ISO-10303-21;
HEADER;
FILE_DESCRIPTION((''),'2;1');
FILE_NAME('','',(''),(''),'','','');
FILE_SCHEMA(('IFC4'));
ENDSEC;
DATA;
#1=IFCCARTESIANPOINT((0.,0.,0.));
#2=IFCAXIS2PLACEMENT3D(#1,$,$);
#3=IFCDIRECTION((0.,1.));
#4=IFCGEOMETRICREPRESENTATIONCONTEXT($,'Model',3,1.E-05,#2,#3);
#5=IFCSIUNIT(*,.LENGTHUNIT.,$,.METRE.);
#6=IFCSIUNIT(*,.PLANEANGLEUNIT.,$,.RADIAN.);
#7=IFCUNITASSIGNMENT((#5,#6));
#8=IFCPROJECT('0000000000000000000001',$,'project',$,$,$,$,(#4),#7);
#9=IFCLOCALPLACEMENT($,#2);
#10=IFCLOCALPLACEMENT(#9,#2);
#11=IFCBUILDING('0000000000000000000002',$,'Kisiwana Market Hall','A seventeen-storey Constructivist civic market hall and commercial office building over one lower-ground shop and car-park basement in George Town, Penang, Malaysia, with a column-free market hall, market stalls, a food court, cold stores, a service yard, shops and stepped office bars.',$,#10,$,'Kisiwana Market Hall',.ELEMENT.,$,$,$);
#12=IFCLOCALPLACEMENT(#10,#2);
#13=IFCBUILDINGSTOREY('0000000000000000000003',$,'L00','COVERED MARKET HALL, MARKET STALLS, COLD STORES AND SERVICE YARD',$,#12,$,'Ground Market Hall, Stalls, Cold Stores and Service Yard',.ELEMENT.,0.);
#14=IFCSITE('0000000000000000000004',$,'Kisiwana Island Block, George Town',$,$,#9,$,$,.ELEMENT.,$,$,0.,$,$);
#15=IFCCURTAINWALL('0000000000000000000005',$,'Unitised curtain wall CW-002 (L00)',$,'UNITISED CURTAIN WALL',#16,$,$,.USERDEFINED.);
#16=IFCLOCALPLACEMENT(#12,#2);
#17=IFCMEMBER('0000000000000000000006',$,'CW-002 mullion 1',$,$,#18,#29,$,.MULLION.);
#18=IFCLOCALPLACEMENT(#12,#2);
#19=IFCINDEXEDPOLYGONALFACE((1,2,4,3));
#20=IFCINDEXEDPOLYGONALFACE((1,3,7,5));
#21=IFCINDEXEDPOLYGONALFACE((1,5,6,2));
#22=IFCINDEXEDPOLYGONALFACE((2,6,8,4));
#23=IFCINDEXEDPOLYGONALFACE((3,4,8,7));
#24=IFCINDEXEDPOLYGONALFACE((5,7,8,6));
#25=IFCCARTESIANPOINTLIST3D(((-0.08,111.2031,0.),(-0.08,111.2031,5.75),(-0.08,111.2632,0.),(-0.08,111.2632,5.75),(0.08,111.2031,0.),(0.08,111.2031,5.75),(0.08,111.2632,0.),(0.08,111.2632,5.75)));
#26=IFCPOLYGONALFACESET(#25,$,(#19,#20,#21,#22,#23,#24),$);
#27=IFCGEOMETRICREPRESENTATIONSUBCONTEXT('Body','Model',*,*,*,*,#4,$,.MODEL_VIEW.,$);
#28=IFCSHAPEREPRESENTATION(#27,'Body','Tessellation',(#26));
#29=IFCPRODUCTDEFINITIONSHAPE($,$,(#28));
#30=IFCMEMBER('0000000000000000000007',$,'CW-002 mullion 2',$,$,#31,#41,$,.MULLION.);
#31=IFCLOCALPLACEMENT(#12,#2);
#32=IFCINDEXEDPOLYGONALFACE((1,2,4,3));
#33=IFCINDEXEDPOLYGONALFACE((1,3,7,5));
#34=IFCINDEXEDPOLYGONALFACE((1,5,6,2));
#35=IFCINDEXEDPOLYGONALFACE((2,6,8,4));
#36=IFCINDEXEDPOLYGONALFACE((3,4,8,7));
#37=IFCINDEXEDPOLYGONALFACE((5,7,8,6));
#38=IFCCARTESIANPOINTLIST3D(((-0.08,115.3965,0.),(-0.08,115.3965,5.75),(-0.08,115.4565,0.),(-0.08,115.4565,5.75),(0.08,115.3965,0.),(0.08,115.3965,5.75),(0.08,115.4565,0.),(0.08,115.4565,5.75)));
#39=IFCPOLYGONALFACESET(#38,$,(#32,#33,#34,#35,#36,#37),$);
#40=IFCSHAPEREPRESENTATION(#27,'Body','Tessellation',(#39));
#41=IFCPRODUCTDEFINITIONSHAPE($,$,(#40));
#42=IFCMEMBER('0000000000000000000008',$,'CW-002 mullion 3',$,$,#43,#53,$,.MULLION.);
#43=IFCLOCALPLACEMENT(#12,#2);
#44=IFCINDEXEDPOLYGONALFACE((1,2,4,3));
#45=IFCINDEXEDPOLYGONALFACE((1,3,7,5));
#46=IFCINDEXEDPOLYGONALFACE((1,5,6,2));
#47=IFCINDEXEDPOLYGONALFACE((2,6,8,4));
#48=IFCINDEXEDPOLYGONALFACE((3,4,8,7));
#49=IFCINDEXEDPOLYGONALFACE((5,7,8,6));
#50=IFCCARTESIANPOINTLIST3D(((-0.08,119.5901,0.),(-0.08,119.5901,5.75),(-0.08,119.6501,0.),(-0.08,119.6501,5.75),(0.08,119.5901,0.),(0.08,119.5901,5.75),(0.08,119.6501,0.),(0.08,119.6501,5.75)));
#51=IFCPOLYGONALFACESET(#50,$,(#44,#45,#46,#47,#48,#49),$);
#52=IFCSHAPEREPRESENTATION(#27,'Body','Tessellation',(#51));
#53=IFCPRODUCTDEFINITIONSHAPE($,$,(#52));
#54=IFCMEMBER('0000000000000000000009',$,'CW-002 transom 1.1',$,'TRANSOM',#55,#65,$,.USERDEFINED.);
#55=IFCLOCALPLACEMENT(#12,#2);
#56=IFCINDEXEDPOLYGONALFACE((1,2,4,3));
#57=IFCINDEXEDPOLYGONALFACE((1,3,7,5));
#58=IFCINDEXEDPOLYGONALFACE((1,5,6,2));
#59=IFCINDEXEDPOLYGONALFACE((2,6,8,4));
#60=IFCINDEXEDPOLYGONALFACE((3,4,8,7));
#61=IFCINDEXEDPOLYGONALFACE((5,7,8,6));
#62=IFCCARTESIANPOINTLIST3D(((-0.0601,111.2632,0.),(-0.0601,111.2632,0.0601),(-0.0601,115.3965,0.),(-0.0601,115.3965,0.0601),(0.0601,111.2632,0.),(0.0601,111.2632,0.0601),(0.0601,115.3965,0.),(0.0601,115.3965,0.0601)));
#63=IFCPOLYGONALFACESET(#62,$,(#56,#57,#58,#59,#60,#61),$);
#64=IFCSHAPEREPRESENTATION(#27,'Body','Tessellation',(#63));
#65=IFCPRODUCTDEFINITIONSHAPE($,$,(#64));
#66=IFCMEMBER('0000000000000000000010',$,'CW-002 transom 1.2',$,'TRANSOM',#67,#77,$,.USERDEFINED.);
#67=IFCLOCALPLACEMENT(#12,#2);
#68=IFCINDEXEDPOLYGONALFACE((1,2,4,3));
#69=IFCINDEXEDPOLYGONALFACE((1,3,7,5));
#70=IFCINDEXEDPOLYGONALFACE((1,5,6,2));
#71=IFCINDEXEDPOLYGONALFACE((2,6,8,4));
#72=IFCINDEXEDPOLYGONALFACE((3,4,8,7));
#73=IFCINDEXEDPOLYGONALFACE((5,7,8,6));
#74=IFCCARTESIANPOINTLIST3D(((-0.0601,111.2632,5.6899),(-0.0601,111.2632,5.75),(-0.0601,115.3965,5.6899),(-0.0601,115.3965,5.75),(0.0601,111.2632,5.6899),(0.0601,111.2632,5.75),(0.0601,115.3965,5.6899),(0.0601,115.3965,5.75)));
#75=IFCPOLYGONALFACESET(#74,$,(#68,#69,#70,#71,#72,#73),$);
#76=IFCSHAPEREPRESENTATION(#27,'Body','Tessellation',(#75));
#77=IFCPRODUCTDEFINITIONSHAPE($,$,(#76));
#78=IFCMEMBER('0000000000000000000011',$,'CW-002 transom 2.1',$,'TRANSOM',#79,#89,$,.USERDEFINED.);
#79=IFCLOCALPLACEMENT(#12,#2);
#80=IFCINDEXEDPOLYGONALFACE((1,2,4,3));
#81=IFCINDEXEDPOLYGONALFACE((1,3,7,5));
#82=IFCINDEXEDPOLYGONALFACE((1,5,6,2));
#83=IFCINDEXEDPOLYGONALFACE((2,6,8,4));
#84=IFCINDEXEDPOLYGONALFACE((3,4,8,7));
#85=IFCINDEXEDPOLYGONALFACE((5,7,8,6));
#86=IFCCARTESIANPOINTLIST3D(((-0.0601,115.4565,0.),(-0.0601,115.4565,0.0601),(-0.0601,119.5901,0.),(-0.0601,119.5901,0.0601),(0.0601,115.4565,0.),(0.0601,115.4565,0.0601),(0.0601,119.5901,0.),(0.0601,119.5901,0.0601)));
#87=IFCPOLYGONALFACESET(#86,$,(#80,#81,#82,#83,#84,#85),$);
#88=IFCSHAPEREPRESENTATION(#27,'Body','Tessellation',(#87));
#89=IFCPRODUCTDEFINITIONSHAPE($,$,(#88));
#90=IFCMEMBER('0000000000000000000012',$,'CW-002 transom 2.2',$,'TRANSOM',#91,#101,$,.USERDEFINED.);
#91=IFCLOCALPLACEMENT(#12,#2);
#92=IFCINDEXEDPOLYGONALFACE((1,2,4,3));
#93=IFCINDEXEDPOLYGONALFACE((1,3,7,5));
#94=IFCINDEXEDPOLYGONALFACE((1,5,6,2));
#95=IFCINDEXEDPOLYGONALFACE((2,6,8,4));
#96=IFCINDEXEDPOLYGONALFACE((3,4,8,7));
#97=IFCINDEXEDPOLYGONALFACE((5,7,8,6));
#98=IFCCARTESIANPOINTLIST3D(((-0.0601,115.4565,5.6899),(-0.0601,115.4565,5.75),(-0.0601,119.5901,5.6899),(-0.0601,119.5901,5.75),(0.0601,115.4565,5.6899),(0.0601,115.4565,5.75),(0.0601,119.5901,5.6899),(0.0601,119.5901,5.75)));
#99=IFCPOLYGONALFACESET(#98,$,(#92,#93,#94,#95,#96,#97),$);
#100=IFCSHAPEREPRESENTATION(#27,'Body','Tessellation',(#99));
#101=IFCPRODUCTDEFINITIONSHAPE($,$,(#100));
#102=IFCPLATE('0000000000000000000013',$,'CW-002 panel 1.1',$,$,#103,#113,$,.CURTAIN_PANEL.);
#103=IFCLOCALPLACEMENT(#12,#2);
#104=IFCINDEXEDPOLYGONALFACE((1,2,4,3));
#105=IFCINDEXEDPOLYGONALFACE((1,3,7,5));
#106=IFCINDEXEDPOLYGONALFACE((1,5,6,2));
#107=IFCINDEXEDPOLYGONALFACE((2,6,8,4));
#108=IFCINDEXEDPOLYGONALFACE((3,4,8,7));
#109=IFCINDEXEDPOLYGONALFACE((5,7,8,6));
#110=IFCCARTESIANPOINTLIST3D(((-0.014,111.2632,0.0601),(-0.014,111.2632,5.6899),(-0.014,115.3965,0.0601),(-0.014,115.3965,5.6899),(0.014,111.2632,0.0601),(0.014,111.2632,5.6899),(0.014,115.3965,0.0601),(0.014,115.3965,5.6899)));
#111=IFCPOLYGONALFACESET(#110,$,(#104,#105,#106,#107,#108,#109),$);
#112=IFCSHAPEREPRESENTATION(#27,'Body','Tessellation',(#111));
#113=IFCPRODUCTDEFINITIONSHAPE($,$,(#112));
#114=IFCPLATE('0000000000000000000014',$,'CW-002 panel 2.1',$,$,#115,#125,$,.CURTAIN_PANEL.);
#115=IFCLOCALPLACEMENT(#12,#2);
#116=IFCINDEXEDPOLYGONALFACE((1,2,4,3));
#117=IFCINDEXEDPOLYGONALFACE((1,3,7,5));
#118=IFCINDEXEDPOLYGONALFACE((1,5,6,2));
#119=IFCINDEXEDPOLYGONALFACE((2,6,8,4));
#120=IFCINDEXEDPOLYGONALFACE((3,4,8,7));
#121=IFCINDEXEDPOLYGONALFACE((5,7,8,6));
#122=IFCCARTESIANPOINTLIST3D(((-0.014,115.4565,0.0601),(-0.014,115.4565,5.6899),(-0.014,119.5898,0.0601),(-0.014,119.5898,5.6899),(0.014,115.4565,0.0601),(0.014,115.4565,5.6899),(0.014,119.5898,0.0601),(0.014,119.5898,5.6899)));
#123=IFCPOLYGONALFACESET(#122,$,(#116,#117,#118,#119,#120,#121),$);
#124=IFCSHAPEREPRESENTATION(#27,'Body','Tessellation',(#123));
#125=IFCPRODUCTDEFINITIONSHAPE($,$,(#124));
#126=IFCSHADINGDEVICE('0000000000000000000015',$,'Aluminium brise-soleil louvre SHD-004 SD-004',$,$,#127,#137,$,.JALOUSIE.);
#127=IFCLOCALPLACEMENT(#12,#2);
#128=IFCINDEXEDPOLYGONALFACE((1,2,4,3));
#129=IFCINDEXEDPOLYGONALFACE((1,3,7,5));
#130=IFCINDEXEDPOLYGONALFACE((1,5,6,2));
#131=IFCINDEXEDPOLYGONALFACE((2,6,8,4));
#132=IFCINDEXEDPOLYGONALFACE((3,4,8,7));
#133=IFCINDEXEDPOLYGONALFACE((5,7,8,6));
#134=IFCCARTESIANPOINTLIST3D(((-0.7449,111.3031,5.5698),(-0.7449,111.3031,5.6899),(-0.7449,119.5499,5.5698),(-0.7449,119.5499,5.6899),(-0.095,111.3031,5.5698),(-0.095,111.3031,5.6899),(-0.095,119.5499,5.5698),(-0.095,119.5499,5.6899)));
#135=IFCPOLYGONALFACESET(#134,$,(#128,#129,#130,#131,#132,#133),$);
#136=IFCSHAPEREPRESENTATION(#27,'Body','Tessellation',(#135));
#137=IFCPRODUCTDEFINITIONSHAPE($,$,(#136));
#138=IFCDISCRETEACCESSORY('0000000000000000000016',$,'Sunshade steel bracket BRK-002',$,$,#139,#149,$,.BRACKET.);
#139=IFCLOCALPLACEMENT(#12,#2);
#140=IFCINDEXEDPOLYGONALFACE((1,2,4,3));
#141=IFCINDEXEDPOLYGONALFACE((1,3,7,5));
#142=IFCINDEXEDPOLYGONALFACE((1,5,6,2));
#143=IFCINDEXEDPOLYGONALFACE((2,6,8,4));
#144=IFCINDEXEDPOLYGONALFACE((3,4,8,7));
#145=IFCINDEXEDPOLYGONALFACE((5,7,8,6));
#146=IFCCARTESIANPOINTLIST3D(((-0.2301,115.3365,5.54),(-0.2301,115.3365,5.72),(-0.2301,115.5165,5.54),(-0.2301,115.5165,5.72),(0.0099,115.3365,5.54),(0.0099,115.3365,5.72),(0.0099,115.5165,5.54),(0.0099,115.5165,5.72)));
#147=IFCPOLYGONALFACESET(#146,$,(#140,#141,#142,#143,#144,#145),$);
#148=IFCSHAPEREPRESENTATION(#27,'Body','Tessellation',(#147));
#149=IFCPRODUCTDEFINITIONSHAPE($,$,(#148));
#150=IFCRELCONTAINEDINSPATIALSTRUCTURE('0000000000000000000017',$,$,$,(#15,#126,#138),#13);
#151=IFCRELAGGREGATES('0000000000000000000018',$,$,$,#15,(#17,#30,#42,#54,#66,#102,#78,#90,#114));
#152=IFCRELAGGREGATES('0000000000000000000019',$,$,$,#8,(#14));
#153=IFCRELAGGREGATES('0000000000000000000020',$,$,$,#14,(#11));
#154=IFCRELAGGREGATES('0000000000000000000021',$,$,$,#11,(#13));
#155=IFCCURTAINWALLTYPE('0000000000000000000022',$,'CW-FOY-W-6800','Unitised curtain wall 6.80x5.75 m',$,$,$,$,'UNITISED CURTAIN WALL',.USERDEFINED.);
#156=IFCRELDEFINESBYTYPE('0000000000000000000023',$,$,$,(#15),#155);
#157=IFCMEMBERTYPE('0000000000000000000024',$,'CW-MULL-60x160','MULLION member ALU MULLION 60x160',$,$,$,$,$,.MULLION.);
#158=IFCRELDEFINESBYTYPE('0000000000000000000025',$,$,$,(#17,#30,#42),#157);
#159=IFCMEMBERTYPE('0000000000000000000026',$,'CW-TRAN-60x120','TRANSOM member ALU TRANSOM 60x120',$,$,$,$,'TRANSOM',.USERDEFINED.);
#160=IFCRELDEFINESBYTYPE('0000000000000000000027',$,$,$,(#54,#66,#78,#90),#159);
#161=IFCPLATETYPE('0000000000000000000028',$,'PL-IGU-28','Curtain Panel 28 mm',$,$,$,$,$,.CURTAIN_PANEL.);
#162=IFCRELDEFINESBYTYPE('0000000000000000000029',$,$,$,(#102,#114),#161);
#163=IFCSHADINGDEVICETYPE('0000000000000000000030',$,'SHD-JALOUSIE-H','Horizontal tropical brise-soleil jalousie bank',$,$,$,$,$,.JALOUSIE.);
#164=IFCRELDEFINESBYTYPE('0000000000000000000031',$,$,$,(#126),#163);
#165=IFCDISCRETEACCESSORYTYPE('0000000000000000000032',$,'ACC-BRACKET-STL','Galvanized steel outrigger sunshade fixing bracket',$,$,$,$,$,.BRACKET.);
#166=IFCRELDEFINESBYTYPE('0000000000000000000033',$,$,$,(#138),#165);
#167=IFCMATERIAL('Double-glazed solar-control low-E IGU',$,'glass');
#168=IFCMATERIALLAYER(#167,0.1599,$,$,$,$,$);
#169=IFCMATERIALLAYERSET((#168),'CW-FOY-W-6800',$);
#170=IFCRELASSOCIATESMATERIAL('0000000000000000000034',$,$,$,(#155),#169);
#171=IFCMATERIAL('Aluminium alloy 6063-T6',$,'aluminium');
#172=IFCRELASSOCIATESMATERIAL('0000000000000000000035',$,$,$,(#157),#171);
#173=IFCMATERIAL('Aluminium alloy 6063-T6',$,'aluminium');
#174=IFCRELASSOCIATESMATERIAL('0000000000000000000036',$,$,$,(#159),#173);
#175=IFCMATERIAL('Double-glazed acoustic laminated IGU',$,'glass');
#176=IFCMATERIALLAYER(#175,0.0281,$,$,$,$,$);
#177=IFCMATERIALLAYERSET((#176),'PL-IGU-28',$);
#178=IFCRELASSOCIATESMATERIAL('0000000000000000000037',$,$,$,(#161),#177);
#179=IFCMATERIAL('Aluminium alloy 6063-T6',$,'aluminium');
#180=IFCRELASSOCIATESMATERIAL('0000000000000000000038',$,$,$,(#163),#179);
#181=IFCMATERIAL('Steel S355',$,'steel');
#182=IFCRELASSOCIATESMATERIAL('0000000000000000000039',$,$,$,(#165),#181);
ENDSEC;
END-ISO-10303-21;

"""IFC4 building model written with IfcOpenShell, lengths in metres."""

from ifc_helpers import new_model, si_unit, direction, frame, origin, origin_2d, place, context, subcontext, project, spatial, rectangle, extrude, material, layer, layer_set, material_profile, profile_set, type_object, element, aggregate, save


model = new_model("IFC4")

# Units and contexts
model_context = context("Model", 3, precision=1e-05, world=origin(), true_north=direction((0.0, 1.0)))
body_context = subcontext(model_context, "Body", "Model", "MODEL_VIEW")
ifc_project = project(units=[si_unit("LENGTHUNIT", "METRE"), si_unit("PLANEANGLEUNIT", "RADIAN")], contexts=[model_context])

# Site, building, storey
site_placement = place(None, origin())
site = spatial("IfcSite", under=ifc_project, at=site_placement, Name="Kisiwana Island Block, George Town", CompositionType="ELEMENT", RefElevation=0.0)
building_placement = place(site_placement, origin())
building = spatial("IfcBuilding", under=site, at=building_placement, Name="Kisiwana Market Hall", Description="A seventeen-storey Constructivist civic market hall and commercial office building over one lower-ground shop and car-park basement in George Town, Penang, Malaysia, with a column-free market hall, market stalls, a food court, cold stores, a service yard, shops and stepped office bars.", LongName="Kisiwana Market Hall", CompositionType="ELEMENT")
storey_placement = place(building_placement, origin())
storey = spatial("IfcBuildingStorey", under=building, at=storey_placement, Name="L00", Description="COVERED MARKET HALL, MARKET STALLS, COLD STORES AND SERVICE YARD", LongName="Ground Market Hall, Stalls, Cold Stores and Service Yard", CompositionType="ELEMENT", Elevation=0.0)

# Curtain wall, members, plates
ifc_material_1 = material(Name="Double-glazed solar-control low-E IGU", Category="glass")
ifc_layer_1 = layer(ifc_material_1, 0.1599)
ifc_layer_set_1 = layer_set([ifc_layer_1], Name="CW-FOY-W-6800")
curtain_wall_type = type_object("IfcCurtainWallType", Name="CW-FOY-W-6800", Description="Unitised curtain wall 6.80x5.75 m", ElementType="UNITISED CURTAIN WALL", PredefinedType="USERDEFINED", material=ifc_layer_set_1)
curtain_wall_placement = place(storey_placement, origin())
curtain_wall = element("IfcCurtainWall", 1, at=curtain_wall_placement, inside=storey, type_object=curtain_wall_type, Name="Unitised curtain wall CW-002 (L00)", ObjectType="UNITISED CURTAIN WALL", PredefinedType="USERDEFINED")
ifc_material_2 = material(Name="Aluminium alloy 6063-T6", Category="aluminium")
ifc_material_profile_1 = material_profile(ifc_material_2, rectangle(XDim=0.0601, YDim=0.1599, at=origin_2d()), Name="ALU MULLION 60x160")
ifc_profile_set_1 = profile_set([ifc_material_profile_1], Name="Aluminium alloy 6063-T6")
member_type_1 = type_object("IfcMemberType", Name="CW-MULL-60x160", Description="MULLION member ALU MULLION 60x160", PredefinedType="MULLION", material=ifc_profile_set_1)
member_1_placement = place(storey_placement, frame((0.0, 111.2332, 0.0), z_axis=(0.0, 0.0, 1.0), x_axis=(0.0, 1.0, 0.0)))
member_1 = element("IfcMember", 2, at=member_1_placement, type_object=member_type_1, Name="CW-002 mullion 1", PredefinedType="MULLION", context=body_context, shape_type="SweptSolid", body=[
    extrude(rectangle(XDim=0.0601, YDim=0.1599, at=origin_2d()), origin(), (0.0, 0.0, 1.0), 5.75),
])
member_2_placement = place(storey_placement, frame((0.0, 115.4265, 0.0), z_axis=(0.0, 0.0, 1.0), x_axis=(0.0, 1.0, 0.0)))
member_2 = element("IfcMember", 3, at=member_2_placement, type_object=member_type_1, Name="CW-002 mullion 2", PredefinedType="MULLION", context=body_context, shape_type="SweptSolid", body=[
    extrude(rectangle(XDim=0.0601, YDim=0.1599, at=origin_2d()), origin(), (0.0, 0.0, 1.0), 5.75),
])
member_3_placement = place(storey_placement, frame((0.0, 119.6201, 0.0), z_axis=(0.0, 0.0, 1.0), x_axis=(0.0, 1.0, 0.0)))
member_3 = element("IfcMember", 4, at=member_3_placement, type_object=member_type_1, Name="CW-002 mullion 3", PredefinedType="MULLION", context=body_context, shape_type="SweptSolid", body=[
    extrude(rectangle(XDim=0.0601, YDim=0.1599, at=origin_2d()), origin(), (0.0, 0.0, 1.0), 5.75),
])
ifc_material_3 = material(Name="Aluminium alloy 6063-T6", Category="aluminium")
ifc_material_profile_2 = material_profile(ifc_material_3, rectangle(XDim=0.1201, YDim=0.0601, at=origin_2d()), Name="ALU TRANSOM 60x120")
ifc_profile_set_2 = profile_set([ifc_material_profile_2], Name="Aluminium alloy 6063-T6")
member_type_2 = type_object("IfcMemberType", Name="CW-TRAN-60x120", Description="TRANSOM member ALU TRANSOM 60x120", ElementType="TRANSOM", PredefinedType="USERDEFINED", material=ifc_profile_set_2)
member_4_placement = place(storey_placement, frame((0.0, 111.2632, 0.03), z_axis=(0.0, 1.0, 0.0), x_axis=(-1.0, 0.0, 0.0)))
member_4 = element("IfcMember", 5, at=member_4_placement, type_object=member_type_2, Name="CW-002 transom 1.1", ObjectType="TRANSOM", PredefinedType="USERDEFINED", context=body_context, shape_type="SweptSolid", body=[
    extrude(rectangle(XDim=0.1201, YDim=0.0601, at=origin_2d()), origin(), (0.0, 0.0, 1.0), 4.1333),
])
member_5_placement = place(storey_placement, frame((0.0, 111.2632, 5.72), z_axis=(0.0, 1.0, 0.0), x_axis=(-1.0, 0.0, 0.0)))
member_5 = element("IfcMember", 6, at=member_5_placement, type_object=member_type_2, Name="CW-002 transom 1.2", ObjectType="TRANSOM", PredefinedType="USERDEFINED", context=body_context, shape_type="SweptSolid", body=[
    extrude(rectangle(XDim=0.1201, YDim=0.0601, at=origin_2d()), origin(), (0.0, 0.0, 1.0), 4.1333),
])
member_6_placement = place(storey_placement, frame((0.0, 115.4565, 0.03), z_axis=(0.0, 1.0, 0.0), x_axis=(-1.0, 0.0, 0.0)))
member_6 = element("IfcMember", 7, at=member_6_placement, type_object=member_type_2, Name="CW-002 transom 2.1", ObjectType="TRANSOM", PredefinedType="USERDEFINED", context=body_context, shape_type="SweptSolid", body=[
    extrude(rectangle(XDim=0.1201, YDim=0.0601, at=origin_2d()), origin(), (0.0, 0.0, 1.0), 4.1335),
])
member_7_placement = place(storey_placement, frame((0.0, 115.4565, 5.72), z_axis=(0.0, 1.0, 0.0), x_axis=(-1.0, 0.0, 0.0)))
member_7 = element("IfcMember", 8, at=member_7_placement, type_object=member_type_2, Name="CW-002 transom 2.2", ObjectType="TRANSOM", PredefinedType="USERDEFINED", context=body_context, shape_type="SweptSolid", body=[
    extrude(rectangle(XDim=0.1201, YDim=0.0601, at=origin_2d()), origin(), (0.0, 0.0, 1.0), 4.1335),
])
ifc_material_4 = material(Name="Double-glazed acoustic laminated IGU", Category="glass")
ifc_layer_2 = layer(ifc_material_4, 0.0281)
ifc_layer_set_2 = layer_set([ifc_layer_2], Name="PL-IGU-28")
plate_type = type_object("IfcPlateType", Name="PL-IGU-28", Description="Curtain Panel 28 mm", PredefinedType="CURTAIN_PANEL", material=ifc_layer_set_2)
plate_1_placement = place(storey_placement, frame((0.0, 113.3298, 0.0601), z_axis=(0.0, 0.0, 1.0), x_axis=(0.0, 1.0, 0.0)))
plate_1 = element("IfcPlate", 9, at=plate_1_placement, type_object=plate_type, Name="CW-002 panel 1.1", PredefinedType="CURTAIN_PANEL", context=body_context, shape_type="SweptSolid", body=[
    extrude(rectangle(XDim=4.1333, YDim=0.0281, at=origin_2d()), origin(), (0.0, 0.0, 1.0), 5.6299),
])
plate_2_placement = place(storey_placement, frame((0.0, 117.5232, 0.0601), z_axis=(0.0, 0.0, 1.0), x_axis=(0.0, 1.0, 0.0)))
plate_2 = element("IfcPlate", 10, at=plate_2_placement, type_object=plate_type, Name="CW-002 panel 2.1", PredefinedType="CURTAIN_PANEL", context=body_context, shape_type="SweptSolid", body=[
    extrude(rectangle(XDim=4.1333, YDim=0.0281, at=origin_2d()), origin(), (0.0, 0.0, 1.0), 5.6299),
])
aggregate(curtain_wall, [member_1, member_2, member_3, member_4, member_5, plate_1, member_6, member_7, plate_2])

# Shading device
ifc_material_5 = material(Name="Aluminium alloy 6063-T6", Category="aluminium")
shading_device_type = type_object("IfcShadingDeviceType", Name="SHD-JALOUSIE-H", Description="Horizontal tropical brise-soleil jalousie bank", PredefinedType="JALOUSIE", material=ifc_material_5)
shading_device_placement = place(storey_placement, frame((-0.4199, 115.4265, 5.5698), z_axis=(0.0, 0.0, 1.0), x_axis=(0.0, 1.0, 0.0)))
element("IfcShadingDevice", 11, at=shading_device_placement, inside=storey, type_object=shading_device_type, Name="Aluminium brise-soleil louvre SHD-004 SD-004", PredefinedType="JALOUSIE", context=body_context, shape_type="SweptSolid", body=[
    extrude(rectangle(XDim=8.2468, YDim=0.6499, at=origin_2d()), origin(), (0.0, 0.0, 1.0), 0.1201),
])

# Discrete accessory
ifc_material_6 = material(Name="Steel S355", Category="steel")
discrete_accessory_type = type_object("IfcDiscreteAccessoryType", Name="ACC-BRACKET-STL", Description="Galvanized steel outrigger sunshade fixing bracket", PredefinedType="BRACKET", material=ifc_material_6)
discrete_accessory_placement = place(storey_placement, frame((-0.1101, 115.4265, 5.54), z_axis=(0.0, 0.0, 1.0), x_axis=(0.0, 1.0, 0.0)))
element("IfcDiscreteAccessory", 12, at=discrete_accessory_placement, inside=storey, type_object=discrete_accessory_type, Name="Sunshade steel bracket BRK-002", PredefinedType="BRACKET", context=body_context, shape_type="SweptSolid", body=[
    extrude(rectangle(XDim=0.1799, YDim=0.24, at=origin_2d()), origin(), (0.0, 0.0, 1.0), 0.1799),
])

save(model, "model.ifc")
